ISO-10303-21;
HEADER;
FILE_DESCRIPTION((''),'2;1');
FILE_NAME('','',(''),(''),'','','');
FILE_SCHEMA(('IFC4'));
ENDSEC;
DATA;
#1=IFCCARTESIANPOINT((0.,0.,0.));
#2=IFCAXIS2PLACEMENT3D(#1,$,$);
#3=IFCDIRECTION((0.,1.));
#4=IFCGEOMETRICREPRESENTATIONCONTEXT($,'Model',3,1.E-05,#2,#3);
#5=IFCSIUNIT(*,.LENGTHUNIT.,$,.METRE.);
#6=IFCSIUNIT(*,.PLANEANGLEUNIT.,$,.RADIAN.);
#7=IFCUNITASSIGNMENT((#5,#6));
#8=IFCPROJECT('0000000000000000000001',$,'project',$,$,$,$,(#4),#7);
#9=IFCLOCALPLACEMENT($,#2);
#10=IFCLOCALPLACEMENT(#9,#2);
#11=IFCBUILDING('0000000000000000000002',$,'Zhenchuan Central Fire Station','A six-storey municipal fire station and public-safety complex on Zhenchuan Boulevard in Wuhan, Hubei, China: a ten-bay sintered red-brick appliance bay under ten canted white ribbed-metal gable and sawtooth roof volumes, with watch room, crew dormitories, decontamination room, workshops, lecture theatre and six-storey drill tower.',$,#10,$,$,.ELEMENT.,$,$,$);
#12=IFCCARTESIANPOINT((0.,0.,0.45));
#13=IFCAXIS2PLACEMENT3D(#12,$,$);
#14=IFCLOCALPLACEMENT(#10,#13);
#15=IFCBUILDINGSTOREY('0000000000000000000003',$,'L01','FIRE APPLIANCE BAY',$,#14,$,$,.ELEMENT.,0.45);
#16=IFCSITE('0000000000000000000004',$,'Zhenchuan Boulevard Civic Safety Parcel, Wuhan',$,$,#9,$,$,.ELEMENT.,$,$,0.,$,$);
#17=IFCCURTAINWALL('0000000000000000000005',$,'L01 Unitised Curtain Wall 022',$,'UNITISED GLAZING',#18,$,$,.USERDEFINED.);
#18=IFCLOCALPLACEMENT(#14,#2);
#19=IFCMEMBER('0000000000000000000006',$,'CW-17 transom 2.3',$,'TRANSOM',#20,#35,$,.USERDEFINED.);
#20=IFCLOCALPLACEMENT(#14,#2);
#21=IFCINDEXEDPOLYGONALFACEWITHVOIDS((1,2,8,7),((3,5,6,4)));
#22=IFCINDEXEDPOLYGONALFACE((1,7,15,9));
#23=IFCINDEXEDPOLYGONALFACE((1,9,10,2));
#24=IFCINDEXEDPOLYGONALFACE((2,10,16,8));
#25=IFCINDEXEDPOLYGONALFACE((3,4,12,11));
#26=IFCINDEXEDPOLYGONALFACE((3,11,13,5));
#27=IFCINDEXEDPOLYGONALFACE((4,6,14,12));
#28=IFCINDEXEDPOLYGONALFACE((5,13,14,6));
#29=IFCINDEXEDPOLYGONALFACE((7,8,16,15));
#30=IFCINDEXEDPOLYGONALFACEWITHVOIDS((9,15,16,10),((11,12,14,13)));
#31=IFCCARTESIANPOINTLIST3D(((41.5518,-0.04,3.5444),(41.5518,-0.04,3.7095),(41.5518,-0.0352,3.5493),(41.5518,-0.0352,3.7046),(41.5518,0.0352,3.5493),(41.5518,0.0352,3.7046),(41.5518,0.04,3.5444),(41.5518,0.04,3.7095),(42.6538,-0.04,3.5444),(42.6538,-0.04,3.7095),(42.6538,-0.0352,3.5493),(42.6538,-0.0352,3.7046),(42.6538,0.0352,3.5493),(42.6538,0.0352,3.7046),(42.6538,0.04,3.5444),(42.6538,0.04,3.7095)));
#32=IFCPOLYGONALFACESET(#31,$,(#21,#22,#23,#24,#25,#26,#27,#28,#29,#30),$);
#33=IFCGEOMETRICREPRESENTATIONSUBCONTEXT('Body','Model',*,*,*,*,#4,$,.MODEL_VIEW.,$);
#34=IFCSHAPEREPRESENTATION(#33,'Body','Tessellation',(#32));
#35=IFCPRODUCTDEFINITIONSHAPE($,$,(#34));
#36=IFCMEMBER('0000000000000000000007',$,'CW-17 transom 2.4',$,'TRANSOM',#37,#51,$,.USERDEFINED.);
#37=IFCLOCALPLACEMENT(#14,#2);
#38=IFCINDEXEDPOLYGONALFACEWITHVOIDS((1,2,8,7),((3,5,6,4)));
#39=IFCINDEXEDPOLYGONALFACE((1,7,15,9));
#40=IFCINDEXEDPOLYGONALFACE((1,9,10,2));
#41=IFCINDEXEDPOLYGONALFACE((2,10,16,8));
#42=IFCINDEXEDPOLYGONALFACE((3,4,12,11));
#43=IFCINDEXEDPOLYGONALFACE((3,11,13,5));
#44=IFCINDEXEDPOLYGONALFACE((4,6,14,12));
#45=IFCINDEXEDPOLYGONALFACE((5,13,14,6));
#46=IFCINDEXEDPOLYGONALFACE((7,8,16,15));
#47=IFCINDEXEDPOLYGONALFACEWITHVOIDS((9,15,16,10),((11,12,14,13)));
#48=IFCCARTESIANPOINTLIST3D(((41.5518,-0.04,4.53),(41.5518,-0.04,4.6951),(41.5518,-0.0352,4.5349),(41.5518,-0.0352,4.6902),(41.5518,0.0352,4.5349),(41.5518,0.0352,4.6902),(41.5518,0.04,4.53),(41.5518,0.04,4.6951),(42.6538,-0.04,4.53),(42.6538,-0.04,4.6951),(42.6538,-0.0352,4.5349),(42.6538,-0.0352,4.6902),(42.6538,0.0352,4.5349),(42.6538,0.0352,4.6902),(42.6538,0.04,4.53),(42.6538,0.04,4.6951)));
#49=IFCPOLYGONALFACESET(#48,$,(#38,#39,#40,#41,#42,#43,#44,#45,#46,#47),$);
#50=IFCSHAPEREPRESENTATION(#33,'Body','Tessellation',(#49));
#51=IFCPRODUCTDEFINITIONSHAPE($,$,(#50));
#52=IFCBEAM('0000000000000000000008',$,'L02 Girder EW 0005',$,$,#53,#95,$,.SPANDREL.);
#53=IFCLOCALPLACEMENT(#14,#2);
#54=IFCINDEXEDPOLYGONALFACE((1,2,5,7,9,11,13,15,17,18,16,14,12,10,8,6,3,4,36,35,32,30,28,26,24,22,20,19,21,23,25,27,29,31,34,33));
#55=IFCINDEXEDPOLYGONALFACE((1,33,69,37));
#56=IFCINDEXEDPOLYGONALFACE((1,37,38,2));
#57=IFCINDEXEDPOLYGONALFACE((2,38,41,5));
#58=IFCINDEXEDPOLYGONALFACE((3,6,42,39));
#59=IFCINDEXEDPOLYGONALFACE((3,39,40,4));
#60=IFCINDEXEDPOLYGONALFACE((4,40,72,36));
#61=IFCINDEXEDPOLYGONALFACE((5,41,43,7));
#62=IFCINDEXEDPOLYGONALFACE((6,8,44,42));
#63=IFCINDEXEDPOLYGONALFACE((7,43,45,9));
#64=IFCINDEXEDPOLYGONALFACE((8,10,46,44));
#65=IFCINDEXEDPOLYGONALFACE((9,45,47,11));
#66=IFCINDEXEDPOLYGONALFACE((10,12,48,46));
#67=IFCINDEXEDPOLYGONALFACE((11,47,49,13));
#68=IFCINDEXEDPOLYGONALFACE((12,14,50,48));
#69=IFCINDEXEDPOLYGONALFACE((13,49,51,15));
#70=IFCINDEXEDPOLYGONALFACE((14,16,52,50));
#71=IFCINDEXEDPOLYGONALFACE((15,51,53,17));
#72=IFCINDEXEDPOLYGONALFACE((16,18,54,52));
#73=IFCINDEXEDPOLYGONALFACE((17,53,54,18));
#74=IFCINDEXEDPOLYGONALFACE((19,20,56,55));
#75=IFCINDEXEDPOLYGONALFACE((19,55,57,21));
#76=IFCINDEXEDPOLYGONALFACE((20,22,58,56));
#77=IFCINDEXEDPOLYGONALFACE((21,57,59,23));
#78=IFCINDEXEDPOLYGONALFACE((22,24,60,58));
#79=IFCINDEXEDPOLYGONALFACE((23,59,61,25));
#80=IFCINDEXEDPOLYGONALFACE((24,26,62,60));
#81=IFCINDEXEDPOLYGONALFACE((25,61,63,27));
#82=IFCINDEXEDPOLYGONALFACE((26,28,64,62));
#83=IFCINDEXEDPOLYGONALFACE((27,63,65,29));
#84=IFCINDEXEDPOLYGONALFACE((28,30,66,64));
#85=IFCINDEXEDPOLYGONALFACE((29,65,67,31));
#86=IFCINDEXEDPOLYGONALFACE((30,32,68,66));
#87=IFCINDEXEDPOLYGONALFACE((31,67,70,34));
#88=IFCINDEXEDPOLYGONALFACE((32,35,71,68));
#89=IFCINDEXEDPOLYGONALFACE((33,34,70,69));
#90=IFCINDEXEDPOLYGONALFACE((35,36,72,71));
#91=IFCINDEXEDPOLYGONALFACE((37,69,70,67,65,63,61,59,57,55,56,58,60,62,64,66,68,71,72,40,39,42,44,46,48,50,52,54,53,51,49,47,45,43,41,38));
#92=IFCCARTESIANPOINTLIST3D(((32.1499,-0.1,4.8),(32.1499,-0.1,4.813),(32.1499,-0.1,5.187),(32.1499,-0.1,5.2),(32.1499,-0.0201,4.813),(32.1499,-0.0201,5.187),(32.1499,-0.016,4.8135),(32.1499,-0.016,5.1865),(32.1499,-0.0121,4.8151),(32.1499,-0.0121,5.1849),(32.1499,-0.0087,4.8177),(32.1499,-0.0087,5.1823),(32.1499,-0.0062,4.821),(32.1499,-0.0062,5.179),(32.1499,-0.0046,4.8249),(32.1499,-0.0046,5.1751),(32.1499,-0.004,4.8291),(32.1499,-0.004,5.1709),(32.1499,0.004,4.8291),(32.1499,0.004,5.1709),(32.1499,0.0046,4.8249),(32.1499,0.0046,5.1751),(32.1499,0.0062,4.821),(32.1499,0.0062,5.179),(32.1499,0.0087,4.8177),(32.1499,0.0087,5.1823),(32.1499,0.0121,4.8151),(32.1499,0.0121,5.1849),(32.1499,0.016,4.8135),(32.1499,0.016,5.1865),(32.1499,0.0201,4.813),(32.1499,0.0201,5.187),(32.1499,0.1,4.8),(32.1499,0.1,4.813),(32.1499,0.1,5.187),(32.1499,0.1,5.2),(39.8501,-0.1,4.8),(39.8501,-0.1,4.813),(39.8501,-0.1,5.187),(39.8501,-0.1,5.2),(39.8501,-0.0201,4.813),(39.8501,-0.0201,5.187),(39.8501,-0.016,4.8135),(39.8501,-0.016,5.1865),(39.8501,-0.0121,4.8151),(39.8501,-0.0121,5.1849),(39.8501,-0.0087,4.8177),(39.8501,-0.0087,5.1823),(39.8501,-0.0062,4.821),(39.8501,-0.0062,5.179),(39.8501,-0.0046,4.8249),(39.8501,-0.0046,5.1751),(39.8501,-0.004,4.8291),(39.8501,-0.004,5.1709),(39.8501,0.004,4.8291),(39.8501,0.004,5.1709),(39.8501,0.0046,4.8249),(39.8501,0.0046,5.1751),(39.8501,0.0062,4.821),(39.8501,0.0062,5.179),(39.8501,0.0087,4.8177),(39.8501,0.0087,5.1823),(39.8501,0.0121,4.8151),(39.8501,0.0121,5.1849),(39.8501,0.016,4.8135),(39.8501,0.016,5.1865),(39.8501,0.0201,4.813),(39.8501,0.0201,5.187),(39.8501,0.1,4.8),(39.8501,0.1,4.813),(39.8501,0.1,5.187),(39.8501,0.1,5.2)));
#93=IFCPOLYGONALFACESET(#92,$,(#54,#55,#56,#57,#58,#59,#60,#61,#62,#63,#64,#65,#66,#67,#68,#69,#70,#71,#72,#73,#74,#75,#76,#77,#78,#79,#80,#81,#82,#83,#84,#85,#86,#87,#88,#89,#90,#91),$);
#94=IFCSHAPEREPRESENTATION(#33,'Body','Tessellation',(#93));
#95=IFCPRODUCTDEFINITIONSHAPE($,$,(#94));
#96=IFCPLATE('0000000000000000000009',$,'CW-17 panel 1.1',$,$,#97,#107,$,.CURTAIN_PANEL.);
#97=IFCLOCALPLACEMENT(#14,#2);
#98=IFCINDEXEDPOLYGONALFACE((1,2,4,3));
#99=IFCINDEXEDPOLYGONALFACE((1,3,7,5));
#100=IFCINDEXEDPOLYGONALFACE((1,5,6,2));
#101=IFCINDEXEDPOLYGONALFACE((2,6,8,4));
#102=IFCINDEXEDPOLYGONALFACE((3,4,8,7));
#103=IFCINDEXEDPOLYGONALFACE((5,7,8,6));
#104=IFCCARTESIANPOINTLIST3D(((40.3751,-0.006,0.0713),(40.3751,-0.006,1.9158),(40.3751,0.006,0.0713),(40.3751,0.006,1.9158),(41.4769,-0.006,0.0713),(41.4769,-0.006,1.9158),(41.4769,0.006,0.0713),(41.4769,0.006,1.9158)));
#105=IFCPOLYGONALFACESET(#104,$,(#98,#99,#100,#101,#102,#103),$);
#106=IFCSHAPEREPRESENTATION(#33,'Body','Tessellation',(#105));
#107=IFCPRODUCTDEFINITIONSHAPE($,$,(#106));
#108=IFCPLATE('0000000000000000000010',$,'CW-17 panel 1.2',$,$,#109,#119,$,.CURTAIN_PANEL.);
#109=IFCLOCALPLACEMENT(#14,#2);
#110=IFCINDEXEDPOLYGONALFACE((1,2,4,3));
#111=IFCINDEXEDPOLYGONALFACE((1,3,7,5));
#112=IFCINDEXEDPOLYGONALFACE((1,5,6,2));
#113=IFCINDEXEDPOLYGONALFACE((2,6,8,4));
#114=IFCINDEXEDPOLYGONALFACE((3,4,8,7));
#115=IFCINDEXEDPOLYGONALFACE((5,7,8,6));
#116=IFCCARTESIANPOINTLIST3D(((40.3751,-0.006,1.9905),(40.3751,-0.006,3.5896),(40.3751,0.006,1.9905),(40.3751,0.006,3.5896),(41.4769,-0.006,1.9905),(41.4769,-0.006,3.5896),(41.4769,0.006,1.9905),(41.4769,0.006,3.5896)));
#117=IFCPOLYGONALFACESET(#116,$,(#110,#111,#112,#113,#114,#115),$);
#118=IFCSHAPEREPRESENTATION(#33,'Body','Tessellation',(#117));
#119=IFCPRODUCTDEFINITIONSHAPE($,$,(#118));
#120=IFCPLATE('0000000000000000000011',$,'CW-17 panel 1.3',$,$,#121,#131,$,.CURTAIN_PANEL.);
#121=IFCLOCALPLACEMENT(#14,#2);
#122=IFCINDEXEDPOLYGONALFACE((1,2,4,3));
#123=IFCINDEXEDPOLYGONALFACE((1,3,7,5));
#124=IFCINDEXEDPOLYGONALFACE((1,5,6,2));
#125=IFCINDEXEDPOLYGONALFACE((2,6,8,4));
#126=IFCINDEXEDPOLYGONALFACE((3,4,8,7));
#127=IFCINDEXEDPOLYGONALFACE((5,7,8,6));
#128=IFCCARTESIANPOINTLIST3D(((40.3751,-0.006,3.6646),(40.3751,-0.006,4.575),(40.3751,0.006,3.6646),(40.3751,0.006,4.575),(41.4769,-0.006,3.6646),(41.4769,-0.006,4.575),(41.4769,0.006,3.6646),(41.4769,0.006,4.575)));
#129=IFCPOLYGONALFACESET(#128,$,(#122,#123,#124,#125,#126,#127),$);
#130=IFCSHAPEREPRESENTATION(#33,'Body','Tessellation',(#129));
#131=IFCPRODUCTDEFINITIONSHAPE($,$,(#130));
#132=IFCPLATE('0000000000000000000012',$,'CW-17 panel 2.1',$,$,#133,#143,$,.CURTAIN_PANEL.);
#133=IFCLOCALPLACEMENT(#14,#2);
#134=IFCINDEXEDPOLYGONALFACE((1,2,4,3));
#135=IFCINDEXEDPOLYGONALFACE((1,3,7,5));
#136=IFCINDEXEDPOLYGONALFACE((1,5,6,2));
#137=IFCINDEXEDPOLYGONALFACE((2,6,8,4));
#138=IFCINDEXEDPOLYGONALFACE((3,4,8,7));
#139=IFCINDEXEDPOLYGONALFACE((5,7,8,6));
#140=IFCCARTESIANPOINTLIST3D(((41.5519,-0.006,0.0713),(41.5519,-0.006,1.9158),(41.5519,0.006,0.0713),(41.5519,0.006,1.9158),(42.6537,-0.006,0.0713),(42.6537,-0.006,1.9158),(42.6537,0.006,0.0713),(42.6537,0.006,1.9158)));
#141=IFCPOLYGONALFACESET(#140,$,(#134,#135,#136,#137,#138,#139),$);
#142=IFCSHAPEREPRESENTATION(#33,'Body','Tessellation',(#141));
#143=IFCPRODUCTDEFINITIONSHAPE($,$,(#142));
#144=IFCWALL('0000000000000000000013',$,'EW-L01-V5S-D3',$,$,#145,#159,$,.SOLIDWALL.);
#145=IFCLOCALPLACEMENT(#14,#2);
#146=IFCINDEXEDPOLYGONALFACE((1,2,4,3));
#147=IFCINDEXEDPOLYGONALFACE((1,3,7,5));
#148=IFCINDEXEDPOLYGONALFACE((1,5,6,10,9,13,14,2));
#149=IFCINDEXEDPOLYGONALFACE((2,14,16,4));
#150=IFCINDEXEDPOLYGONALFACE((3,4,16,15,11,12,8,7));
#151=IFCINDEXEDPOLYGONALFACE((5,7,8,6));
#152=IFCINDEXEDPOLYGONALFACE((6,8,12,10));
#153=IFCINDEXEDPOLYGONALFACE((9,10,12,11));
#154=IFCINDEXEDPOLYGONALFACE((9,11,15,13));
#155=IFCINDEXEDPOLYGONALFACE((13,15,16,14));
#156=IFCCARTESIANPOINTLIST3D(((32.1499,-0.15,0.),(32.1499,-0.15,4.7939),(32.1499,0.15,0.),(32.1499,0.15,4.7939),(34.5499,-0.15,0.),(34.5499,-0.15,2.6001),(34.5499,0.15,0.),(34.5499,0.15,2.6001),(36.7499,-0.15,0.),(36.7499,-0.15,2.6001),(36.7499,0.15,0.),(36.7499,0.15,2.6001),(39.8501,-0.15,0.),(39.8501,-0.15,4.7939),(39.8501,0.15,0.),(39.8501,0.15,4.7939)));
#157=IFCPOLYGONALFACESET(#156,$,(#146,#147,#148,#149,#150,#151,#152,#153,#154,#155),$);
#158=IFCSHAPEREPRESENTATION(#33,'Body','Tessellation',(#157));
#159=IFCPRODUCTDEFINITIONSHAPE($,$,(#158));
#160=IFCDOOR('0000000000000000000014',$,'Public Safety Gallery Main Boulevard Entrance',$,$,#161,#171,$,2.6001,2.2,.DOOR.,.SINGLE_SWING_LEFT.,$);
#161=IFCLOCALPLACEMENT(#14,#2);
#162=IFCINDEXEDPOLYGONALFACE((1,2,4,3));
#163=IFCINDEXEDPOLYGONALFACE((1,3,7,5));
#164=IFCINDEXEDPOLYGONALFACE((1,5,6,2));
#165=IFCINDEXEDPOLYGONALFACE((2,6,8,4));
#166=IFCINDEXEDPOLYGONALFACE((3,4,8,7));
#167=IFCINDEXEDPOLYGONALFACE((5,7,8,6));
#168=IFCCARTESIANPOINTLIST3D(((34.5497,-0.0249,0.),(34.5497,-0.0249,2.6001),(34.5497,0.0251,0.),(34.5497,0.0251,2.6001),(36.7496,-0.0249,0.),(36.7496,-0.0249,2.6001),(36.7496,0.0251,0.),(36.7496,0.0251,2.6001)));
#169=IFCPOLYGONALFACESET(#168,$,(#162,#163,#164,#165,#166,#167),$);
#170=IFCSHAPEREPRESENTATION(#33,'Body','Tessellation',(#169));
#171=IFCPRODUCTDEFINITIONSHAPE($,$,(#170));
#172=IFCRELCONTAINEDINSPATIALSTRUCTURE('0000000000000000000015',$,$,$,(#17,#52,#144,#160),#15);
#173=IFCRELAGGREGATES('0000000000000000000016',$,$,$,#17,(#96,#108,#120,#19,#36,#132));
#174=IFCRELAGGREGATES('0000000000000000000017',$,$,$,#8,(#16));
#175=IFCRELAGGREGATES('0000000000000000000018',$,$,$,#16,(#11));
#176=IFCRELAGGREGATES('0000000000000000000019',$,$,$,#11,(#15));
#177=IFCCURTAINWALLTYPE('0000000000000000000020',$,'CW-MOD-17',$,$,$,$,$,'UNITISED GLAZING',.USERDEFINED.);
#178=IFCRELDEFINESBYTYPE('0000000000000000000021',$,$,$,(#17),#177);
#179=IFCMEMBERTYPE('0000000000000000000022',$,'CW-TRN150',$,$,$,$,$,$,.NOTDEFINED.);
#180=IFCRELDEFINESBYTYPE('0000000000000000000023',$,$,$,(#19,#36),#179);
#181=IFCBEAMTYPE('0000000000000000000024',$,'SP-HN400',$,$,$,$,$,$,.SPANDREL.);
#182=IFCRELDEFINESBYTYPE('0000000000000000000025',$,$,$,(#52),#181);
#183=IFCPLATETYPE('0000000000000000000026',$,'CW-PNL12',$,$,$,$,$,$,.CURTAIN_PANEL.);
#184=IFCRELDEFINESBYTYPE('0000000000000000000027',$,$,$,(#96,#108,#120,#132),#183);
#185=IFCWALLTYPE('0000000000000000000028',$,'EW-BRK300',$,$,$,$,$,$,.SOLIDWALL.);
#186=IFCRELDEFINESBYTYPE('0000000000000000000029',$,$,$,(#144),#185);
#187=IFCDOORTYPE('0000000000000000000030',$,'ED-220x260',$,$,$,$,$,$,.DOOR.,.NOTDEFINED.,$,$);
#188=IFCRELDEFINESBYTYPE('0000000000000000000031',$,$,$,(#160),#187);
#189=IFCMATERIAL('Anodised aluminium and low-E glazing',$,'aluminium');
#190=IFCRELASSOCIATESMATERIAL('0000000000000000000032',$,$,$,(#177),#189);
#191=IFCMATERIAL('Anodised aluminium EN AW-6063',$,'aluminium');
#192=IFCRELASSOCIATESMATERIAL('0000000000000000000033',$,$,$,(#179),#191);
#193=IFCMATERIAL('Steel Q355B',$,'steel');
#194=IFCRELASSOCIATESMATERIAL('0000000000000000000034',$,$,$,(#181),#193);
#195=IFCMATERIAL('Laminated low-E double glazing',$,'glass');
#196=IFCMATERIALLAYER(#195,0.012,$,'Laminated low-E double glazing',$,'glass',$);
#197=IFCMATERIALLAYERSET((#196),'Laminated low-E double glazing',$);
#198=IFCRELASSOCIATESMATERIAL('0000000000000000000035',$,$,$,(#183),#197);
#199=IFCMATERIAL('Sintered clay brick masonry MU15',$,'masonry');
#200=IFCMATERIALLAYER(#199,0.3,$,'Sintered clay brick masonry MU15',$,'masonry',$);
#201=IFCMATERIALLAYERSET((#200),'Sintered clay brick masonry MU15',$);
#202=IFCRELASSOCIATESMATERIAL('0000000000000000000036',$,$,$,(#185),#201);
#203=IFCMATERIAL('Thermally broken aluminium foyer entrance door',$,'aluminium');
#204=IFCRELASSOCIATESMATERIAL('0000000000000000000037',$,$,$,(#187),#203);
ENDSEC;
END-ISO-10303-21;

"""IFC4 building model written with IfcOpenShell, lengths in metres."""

from ifc_helpers import new_model, si_unit, direction, frame, frame_2d, origin, origin_2d, place, context, subcontext, project, spatial, rectangle, hollow_rectangle, i_section, extrude, material, layer, layer_set, material_profile, profile_set, type_object, element, fill, aggregate, save


model = new_model("IFC4")

# Units and contexts
model_context = context("Model", 3, precision=1e-05, world=origin(), true_north=direction((0.0, 1.0)))
body_context = subcontext(model_context, "Body", "Model", "MODEL_VIEW")
ifc_project = project(units=[si_unit("LENGTHUNIT", "METRE"), si_unit("PLANEANGLEUNIT", "RADIAN")], contexts=[model_context])

# Site, building, storey
site_placement = place(None, origin())
site = spatial("IfcSite", under=ifc_project, at=site_placement, Name="Zhenchuan Boulevard Civic Safety Parcel, Wuhan", CompositionType="ELEMENT", RefElevation=0.0)
building_placement = place(site_placement, origin())
building = spatial("IfcBuilding", under=site, at=building_placement, Name="Zhenchuan Central Fire Station", Description="A six-storey municipal fire station and public-safety complex on Zhenchuan Boulevard in Wuhan, Hubei, China: a ten-bay sintered red-brick appliance bay under ten canted white ribbed-metal gable and sawtooth roof volumes, with watch room, crew dormitories, decontamination room, workshops, lecture theatre and six-storey drill tower.", CompositionType="ELEMENT")
storey_placement = place(building_placement, frame((0.0, 0.0, 0.45)))
storey = spatial("IfcBuildingStorey", under=building, at=storey_placement, Name="L01", Description="FIRE APPLIANCE BAY", CompositionType="ELEMENT", Elevation=0.45)

# Shared definitions
ifc_material_1 = material(Name="Steel Q355B", Category="steel")

# Curtain wall, members
ifc_material_2 = material(Name="Anodised aluminium and low-E glazing", Category="aluminium")
curtain_wall_type = type_object("IfcCurtainWallType", Name="CW-MOD-17", ElementType="UNITISED GLAZING", PredefinedType="USERDEFINED", material=ifc_material_2)
curtain_wall_placement = place(storey_placement, origin())
curtain_wall = element("IfcCurtainWall", 1, at=curtain_wall_placement, inside=storey, type_object=curtain_wall_type, Name="L01 Unitised Curtain Wall 022", ObjectType="UNITISED GLAZING", PredefinedType="USERDEFINED")
ifc_material_3 = material(Name="Anodised aluminium EN AW-6063", Category="aluminium")
ifc_material_profile_1 = material_profile(ifc_material_3, hollow_rectangle(XDim=0.0801, YDim=0.165, WallThickness=0.0049, at=origin_2d()), Name="ALU-T 165x80")
ifc_profile_set_1 = profile_set([ifc_material_profile_1], Name="Anodised aluminium EN AW-6063")
member_type_1 = type_object("IfcMemberType", Name="CW-TRN150", PredefinedType="NOTDEFINED", material=ifc_profile_set_1)
member_1_placement = place(storey_placement, frame((41.5518, 0.0, 3.627), z_axis=(1.0, 0.0, 0.0), x_axis=(0.0, 1.0, 0.0)))
member_1 = element("IfcMember", 2, at=member_1_placement, type_object=member_type_1, Name="CW-17 transom 2.3", ObjectType="TRANSOM", PredefinedType="USERDEFINED", context=body_context, shape_type="SweptSolid", body=[
    extrude(hollow_rectangle(XDim=0.0801, YDim=0.165, WallThickness=0.0049, at=origin_2d()), origin(), (0.0, 0.0, 1.0), 1.1021),
])
member_2_placement = place(storey_placement, frame((41.5518, 0.0, 4.6125), z_axis=(1.0, 0.0, 0.0), x_axis=(0.0, 1.0, 0.0)))
member_2 = element("IfcMember", 3, at=member_2_placement, type_object=member_type_1, Name="CW-17 transom 2.4", ObjectType="TRANSOM", PredefinedType="USERDEFINED", context=body_context, shape_type="SweptSolid", body=[
    extrude(hollow_rectangle(XDim=0.0801, YDim=0.165, WallThickness=0.0049, at=origin_2d()), origin(), (0.0, 0.0, 1.0), 1.1021),
])

# Beam
ifc_material_profile_2 = material_profile(ifc_material_1, i_section(OverallWidth=0.2, OverallDepth=0.3999, WebThickness=0.0081, FlangeThickness=0.0129, FilletRadius=0.0161, at=origin_2d()), Name="HN 400x200")
ifc_profile_set_2 = profile_set([ifc_material_profile_2], Name="Steel Q355B")
beam_type_1 = type_object("IfcBeamType", Name="SP-HN400", PredefinedType="SPANDREL", material=ifc_profile_set_2)
beam_1_placement = place(storey_placement, frame((32.1499, 0.0, 5.0), z_axis=(1.0, 0.0, 0.0), x_axis=(0.0, 1.0, 0.0)))
element("IfcBeam", 4, at=beam_1_placement, inside=storey, type_object=beam_type_1, Name="L02 Girder EW 0005", PredefinedType="SPANDREL", context=body_context, shape_type="SweptSolid", body=[
    extrude(i_section(OverallWidth=0.2, OverallDepth=0.3999, WebThickness=0.0081, FlangeThickness=0.0129, FilletRadius=0.0161, at=origin_2d()), origin(), (0.0, 0.0, 1.0), 7.7002),
])

# Plates
ifc_material_4 = material(Name="Laminated low-E double glazing", Category="glass")
ifc_layer_1 = layer(ifc_material_4, 0.012, Name="Laminated low-E double glazing", Category="glass")
ifc_layer_set_1 = layer_set([ifc_layer_1], Name="Laminated low-E double glazing")
plate_type = type_object("IfcPlateType", Name="CW-PNL12", PredefinedType="CURTAIN_PANEL", material=ifc_layer_set_1)
plate_1_placement = place(storey_placement, frame((40.926, 0.0, 0.0713), z_axis=(0.0, 0.0, 1.0), x_axis=(1.0, 0.0, 0.0)))
plate_1 = element("IfcPlate", 5, at=plate_1_placement, type_object=plate_type, Name="CW-17 panel 1.1", PredefinedType="CURTAIN_PANEL", context=body_context, shape_type="SweptSolid", body=[
    extrude(rectangle(XDim=1.1018, YDim=0.012, at=origin_2d()), origin(), (0.0, 0.0, 1.0), 1.8445),
])
plate_2_placement = place(storey_placement, frame((40.926, 0.0, 1.9905), z_axis=(0.0, 0.0, 1.0), x_axis=(1.0, 0.0, 0.0)))
plate_2 = element("IfcPlate", 6, at=plate_2_placement, type_object=plate_type, Name="CW-17 panel 1.2", PredefinedType="CURTAIN_PANEL", context=body_context, shape_type="SweptSolid", body=[
    extrude(rectangle(XDim=1.1018, YDim=0.012, at=origin_2d()), origin(), (0.0, 0.0, 1.0), 1.5991),
])
plate_3_placement = place(storey_placement, frame((40.926, 0.0, 3.6646), z_axis=(0.0, 0.0, 1.0), x_axis=(1.0, 0.0, 0.0)))
plate_3 = element("IfcPlate", 7, at=plate_3_placement, type_object=plate_type, Name="CW-17 panel 1.3", PredefinedType="CURTAIN_PANEL", context=body_context, shape_type="SweptSolid", body=[
    extrude(rectangle(XDim=1.1018, YDim=0.012, at=origin_2d()), origin(), (0.0, 0.0, 1.0), 0.9104),
])
plate_4_placement = place(storey_placement, frame((42.1028, 0.0, 0.0713), z_axis=(0.0, 0.0, 1.0), x_axis=(1.0, 0.0, 0.0)))
plate_4 = element("IfcPlate", 8, at=plate_4_placement, type_object=plate_type, Name="CW-17 panel 2.1", PredefinedType="CURTAIN_PANEL", context=body_context, shape_type="SweptSolid", body=[
    extrude(rectangle(XDim=1.1018, YDim=0.012, at=origin_2d()), origin(), (0.0, 0.0, 1.0), 1.8445),
])
aggregate(curtain_wall, [plate_1, plate_2, plate_3, member_1, member_2, plate_4])

# Wall, opening, door
ifc_material_5 = material(Name="Sintered clay brick masonry MU15", Category="masonry")
ifc_layer_2 = layer(ifc_material_5, 0.3, Name="Sintered clay brick masonry MU15", Category="masonry")
ifc_layer_set_2 = layer_set([ifc_layer_2], Name="Sintered clay brick masonry MU15")
wall_type = type_object("IfcWallType", Name="EW-BRK300", PredefinedType="SOLIDWALL", material=ifc_layer_set_2)
wall_placement = place(storey_placement, frame((32.1499, 0.0, 0.0), z_axis=(0.0, 0.0, 1.0), x_axis=(1.0, 0.0, 0.0)))
wall = element("IfcWall", 9, at=wall_placement, inside=storey, type_object=wall_type, Name="EW-L01-V5S-D3", PredefinedType="SOLIDWALL", context=body_context, shape_type="SweptSolid", body=[
    extrude(rectangle(XDim=7.7002, YDim=0.3, at=frame_2d((3.8501, 0.0))), origin(), (0.0, 0.0, 1.0), 4.7939),
])
opening_placement = place(wall_placement, frame((2.3999, 0.0, 0.0)))
opening = element("IfcOpeningElement", 10, at=opening_placement, cuts=wall, PredefinedType="OPENING", context=body_context, shape_type="SweptSolid", body=[
    extrude(rectangle(XDim=2.2, YDim=2.6001, at=frame_2d((1.1001, 1.3))), frame((0.0, 0.1599, 0.0), z_axis=(0.0, -1.0, 0.0), x_axis=(1.0, 0.0, 0.0)), (0.0, 0.0, 1.0), 0.3201),
])
ifc_material_6 = material(Name="Thermally broken aluminium foyer entrance door", Category="aluminium")
door_type = type_object("IfcDoorType", Name="ED-220x260", OperationType="NOTDEFINED", PredefinedType="DOOR", material=ifc_material_6)
door_placement = place(opening_placement, frame((2.2, 0.0, 0.0), z_axis=(0.0, 0.0, 1.0), x_axis=(-1.0, 0.0, 0.0)))
door = element("IfcDoor", 11, at=door_placement, inside=storey, type_object=door_type, Name="Public Safety Gallery Main Boulevard Entrance", OperationType="SINGLE_SWING_LEFT", OverallHeight=2.6001, OverallWidth=2.2, PredefinedType="DOOR", context=body_context, shape_type="SweptSolid", body=[
    extrude(rectangle(XDim=2.2, YDim=2.6001, at=frame_2d((1.1001, 1.3))), frame((0.0, 0.0249, 0.0), z_axis=(0.0, -1.0, 0.0), x_axis=(1.0, 0.0, 0.0)), (0.0, 0.0, 1.0), 0.05),
])
fill(opening, door)

save(model, "model.ifc")
